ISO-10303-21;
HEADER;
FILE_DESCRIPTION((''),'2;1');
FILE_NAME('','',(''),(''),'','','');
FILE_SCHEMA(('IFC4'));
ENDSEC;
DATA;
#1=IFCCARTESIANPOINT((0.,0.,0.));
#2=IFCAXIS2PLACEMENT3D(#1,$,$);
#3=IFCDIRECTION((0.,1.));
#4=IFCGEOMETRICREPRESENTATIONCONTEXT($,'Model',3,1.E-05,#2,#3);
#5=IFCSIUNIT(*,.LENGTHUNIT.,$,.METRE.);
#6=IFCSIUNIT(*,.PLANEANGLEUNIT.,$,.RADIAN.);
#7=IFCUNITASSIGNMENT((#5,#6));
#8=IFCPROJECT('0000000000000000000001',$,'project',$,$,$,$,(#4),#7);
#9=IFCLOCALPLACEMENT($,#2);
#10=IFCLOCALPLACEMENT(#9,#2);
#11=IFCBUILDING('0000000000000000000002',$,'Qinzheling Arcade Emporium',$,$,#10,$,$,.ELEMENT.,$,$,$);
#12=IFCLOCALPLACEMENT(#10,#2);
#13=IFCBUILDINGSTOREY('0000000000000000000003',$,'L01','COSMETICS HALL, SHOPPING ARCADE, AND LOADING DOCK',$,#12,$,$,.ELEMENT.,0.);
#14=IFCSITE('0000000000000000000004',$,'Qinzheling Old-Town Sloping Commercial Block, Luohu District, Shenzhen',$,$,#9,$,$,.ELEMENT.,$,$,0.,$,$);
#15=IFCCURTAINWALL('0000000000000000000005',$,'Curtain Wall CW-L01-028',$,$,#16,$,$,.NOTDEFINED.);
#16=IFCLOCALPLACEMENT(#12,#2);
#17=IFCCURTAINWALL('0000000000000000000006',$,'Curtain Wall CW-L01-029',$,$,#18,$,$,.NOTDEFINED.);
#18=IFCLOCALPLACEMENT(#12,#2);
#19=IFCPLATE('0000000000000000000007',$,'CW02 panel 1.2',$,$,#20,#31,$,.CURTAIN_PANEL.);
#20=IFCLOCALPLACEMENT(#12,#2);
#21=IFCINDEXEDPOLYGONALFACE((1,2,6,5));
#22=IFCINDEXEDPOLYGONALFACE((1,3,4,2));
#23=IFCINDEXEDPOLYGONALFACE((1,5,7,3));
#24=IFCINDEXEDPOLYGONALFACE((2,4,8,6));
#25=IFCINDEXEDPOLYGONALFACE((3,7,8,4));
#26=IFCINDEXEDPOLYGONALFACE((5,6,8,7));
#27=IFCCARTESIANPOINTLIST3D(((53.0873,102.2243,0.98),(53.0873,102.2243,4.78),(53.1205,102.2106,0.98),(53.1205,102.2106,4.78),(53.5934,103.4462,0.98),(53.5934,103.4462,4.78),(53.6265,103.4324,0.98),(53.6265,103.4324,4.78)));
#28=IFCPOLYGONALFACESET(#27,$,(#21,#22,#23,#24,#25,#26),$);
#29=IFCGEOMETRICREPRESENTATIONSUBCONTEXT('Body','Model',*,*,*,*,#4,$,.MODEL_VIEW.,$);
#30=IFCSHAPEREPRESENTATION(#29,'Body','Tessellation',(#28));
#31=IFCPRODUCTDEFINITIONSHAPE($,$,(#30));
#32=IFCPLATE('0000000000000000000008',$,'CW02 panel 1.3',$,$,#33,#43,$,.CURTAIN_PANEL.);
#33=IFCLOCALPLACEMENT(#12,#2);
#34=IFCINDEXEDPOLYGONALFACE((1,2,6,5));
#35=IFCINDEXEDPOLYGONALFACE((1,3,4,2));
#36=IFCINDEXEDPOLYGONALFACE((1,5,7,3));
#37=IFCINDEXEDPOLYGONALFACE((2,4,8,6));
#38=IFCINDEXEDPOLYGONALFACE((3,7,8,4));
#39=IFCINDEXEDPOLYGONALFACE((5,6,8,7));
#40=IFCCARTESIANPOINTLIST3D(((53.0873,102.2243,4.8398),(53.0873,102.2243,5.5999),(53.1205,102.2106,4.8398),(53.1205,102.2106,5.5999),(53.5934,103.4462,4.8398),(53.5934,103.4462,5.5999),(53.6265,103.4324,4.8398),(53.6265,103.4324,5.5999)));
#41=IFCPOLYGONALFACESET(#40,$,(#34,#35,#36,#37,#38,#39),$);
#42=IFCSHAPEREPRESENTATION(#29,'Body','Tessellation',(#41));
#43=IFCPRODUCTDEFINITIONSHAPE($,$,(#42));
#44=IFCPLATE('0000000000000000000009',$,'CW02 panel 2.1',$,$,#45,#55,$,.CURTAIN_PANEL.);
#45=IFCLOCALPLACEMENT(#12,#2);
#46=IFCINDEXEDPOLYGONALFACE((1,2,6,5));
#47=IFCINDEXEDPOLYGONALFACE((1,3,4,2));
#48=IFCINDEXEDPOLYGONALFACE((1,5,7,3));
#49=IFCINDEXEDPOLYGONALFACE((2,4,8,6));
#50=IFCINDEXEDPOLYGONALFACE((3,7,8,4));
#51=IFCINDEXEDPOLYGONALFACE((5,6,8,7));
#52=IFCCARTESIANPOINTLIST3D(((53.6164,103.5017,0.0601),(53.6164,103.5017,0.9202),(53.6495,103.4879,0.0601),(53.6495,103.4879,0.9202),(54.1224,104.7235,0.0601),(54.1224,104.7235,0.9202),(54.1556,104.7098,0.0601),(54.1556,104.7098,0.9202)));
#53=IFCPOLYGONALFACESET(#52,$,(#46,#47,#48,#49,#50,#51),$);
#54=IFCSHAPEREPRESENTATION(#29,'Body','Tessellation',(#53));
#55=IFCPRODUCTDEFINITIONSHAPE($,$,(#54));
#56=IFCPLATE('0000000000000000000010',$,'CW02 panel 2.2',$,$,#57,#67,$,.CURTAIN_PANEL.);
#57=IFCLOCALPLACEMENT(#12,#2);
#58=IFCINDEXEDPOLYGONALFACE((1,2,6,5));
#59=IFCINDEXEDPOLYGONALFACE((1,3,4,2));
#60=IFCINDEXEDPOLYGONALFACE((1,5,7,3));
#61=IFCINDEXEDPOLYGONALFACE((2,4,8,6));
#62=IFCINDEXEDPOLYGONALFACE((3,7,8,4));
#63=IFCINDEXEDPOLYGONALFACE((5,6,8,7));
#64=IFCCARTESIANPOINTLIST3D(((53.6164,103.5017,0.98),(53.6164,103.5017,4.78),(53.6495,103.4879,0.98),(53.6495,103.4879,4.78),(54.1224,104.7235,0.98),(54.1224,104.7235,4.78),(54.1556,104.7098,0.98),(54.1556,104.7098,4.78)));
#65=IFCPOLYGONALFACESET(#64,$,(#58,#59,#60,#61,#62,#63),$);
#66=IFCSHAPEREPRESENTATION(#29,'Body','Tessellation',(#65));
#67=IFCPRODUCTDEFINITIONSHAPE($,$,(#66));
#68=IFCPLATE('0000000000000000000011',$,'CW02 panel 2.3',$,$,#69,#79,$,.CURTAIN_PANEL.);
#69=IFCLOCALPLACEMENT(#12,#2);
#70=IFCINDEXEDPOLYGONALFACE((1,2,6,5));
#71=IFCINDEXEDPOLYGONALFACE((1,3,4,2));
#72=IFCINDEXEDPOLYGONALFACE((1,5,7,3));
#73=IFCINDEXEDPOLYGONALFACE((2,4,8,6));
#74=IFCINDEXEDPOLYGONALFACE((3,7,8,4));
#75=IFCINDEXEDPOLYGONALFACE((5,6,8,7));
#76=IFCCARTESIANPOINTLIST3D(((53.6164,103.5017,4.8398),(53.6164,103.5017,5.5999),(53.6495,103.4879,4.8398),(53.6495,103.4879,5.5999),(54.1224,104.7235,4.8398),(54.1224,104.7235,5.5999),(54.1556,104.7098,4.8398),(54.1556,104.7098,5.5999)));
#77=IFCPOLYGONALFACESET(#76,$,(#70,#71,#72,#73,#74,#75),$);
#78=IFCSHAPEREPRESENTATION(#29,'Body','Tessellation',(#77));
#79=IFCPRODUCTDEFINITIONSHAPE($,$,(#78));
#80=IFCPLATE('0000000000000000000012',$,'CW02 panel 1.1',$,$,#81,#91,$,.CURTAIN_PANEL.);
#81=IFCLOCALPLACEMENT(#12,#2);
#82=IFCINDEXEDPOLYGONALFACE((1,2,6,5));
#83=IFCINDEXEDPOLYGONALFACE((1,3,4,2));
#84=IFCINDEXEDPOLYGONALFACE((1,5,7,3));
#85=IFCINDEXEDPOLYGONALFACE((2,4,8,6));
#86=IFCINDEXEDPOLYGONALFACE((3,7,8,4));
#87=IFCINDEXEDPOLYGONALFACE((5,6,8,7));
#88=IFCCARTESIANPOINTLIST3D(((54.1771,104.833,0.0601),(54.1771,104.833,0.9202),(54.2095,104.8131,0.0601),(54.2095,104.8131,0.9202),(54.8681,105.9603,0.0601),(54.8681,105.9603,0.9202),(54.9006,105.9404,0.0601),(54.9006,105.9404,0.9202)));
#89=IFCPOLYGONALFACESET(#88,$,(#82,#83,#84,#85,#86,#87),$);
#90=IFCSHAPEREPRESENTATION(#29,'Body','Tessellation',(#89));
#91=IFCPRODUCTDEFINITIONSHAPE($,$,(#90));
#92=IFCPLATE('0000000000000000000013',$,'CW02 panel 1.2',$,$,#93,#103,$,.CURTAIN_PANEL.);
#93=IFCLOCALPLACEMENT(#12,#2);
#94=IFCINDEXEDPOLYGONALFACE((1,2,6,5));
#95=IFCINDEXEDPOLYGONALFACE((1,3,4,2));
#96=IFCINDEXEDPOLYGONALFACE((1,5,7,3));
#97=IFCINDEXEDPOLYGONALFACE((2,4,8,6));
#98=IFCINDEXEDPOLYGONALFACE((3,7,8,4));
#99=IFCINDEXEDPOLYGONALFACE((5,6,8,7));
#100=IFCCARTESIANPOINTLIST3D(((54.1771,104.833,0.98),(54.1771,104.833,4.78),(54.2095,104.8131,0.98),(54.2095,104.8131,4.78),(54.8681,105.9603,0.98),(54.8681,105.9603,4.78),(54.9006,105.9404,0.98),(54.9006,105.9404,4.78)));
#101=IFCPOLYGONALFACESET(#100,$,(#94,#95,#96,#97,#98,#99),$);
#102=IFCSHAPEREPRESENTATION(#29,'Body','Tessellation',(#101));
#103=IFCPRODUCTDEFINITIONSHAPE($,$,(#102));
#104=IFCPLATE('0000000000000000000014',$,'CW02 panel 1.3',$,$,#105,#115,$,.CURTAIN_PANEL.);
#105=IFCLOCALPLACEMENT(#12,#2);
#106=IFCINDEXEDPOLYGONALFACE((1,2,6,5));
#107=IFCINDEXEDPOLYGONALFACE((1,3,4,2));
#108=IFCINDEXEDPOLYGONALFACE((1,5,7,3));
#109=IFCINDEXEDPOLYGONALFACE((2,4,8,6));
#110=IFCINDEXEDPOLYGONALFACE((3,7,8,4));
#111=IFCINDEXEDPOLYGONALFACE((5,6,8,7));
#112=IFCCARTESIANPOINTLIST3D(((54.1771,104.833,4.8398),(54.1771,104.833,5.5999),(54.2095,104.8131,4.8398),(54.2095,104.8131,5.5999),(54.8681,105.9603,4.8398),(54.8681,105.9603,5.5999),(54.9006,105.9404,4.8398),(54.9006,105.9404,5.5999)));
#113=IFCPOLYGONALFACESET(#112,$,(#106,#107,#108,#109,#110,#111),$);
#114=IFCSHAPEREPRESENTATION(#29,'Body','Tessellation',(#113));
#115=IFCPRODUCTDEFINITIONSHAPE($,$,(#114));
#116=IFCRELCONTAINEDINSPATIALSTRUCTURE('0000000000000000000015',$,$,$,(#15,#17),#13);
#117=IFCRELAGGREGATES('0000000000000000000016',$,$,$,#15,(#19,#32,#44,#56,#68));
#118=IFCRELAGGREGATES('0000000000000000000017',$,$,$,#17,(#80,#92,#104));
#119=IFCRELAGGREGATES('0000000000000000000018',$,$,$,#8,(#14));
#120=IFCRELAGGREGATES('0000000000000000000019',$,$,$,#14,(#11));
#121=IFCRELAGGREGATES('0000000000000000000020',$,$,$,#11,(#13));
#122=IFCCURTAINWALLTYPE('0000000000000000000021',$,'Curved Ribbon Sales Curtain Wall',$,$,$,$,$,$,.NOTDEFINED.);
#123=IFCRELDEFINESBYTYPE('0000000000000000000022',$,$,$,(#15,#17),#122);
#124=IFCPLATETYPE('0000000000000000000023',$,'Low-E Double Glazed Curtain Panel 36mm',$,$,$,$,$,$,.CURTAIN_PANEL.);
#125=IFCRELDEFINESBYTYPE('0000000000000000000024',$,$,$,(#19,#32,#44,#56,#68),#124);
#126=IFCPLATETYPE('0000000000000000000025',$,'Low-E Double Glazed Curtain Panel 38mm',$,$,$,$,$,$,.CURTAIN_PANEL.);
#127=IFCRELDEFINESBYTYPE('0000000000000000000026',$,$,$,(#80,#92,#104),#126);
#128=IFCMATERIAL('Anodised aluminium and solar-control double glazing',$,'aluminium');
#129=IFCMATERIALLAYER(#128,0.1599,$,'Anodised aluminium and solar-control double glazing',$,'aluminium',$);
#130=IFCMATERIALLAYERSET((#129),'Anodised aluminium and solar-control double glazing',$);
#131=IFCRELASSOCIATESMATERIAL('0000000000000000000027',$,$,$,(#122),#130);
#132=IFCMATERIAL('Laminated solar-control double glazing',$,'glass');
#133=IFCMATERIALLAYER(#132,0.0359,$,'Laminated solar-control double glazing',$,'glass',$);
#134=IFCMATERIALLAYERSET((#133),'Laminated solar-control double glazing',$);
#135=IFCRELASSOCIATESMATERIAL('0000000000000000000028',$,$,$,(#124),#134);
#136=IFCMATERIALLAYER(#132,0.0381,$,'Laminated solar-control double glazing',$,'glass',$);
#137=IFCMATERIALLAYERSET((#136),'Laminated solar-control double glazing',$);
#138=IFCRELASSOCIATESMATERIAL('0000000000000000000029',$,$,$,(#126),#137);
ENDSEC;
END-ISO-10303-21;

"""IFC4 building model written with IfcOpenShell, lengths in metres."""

from ifc_helpers import new_model, si_unit, direction, frame, origin, origin_2d, place, context, subcontext, project, spatial, rectangle, extrude, material, layer, layer_set, type_object, element, aggregate, save


model = new_model("IFC4")

# Units and contexts
model_context = context("Model", 3, precision=1e-05, world=origin(), true_north=direction((0.0, 1.0)))
body_context = subcontext(model_context, "Body", "Model", "MODEL_VIEW")
ifc_project = project(units=[si_unit("LENGTHUNIT", "METRE"), si_unit("PLANEANGLEUNIT", "RADIAN")], contexts=[model_context])

# Site, building, storey
site_placement = place(None, origin())
site = spatial("IfcSite", under=ifc_project, at=site_placement, Name="Qinzheling Old-Town Sloping Commercial Block, Luohu District, Shenzhen", CompositionType="ELEMENT", RefElevation=0.0)
building_placement = place(site_placement, origin())
building = spatial("IfcBuilding", under=site, at=building_placement, Name="Qinzheling Arcade Emporium", CompositionType="ELEMENT")
storey_placement = place(building_placement, origin())
storey = spatial("IfcBuildingStorey", under=building, at=storey_placement, Name="L01", Description="COSMETICS HALL, SHOPPING ARCADE, AND LOADING DOCK", CompositionType="ELEMENT", Elevation=0.0)

# Shared definitions
ifc_material_1 = material(Name="Anodised aluminium and solar-control double glazing", Category="aluminium")
ifc_layer_1 = layer(ifc_material_1, 0.1599, Name="Anodised aluminium and solar-control double glazing", Category="aluminium")
ifc_layer_set_1 = layer_set([ifc_layer_1], Name="Anodised aluminium and solar-control double glazing")
curtain_wall_type = type_object("IfcCurtainWallType", Name="Curved Ribbon Sales Curtain Wall", PredefinedType="NOTDEFINED", material=ifc_layer_set_1)

# Curtain walls
curtain_wall_1_placement = place(storey_placement, origin())
curtain_wall_1 = element("IfcCurtainWall", 1, at=curtain_wall_1_placement, inside=storey, type_object=curtain_wall_type, Name="Curtain Wall CW-L01-028", PredefinedType="NOTDEFINED")
curtain_wall_2_placement = place(storey_placement, origin())
curtain_wall_2 = element("IfcCurtainWall", 2, at=curtain_wall_2_placement, inside=storey, type_object=curtain_wall_type, Name="Curtain Wall CW-L01-029", PredefinedType="NOTDEFINED")

# Plates
ifc_material_2 = material(Name="Laminated solar-control double glazing", Category="glass")
ifc_layer_2 = layer(ifc_material_2, 0.0359, Name="Laminated solar-control double glazing", Category="glass")
ifc_layer_set_2 = layer_set([ifc_layer_2], Name="Laminated solar-control double glazing")
plate_type_1 = type_object("IfcPlateType", Name="Low-E Double Glazed Curtain Panel 36mm", PredefinedType="CURTAIN_PANEL", material=ifc_layer_set_2)
plate_1_placement = place(storey_placement, frame((53.3569, 102.8284, 0.98), z_axis=(0.0, 0.0, 1.0), x_axis=(0.382654, 0.923892, 0.0)))
plate_1 = element("IfcPlate", 3, at=plate_1_placement, type_object=plate_type_1, Name="CW02 panel 1.2", PredefinedType="CURTAIN_PANEL", context=body_context, shape_type="SweptSolid", body=[
    extrude(rectangle(XDim=1.3225, YDim=0.0359, at=origin_2d()), origin(), (0.0, 0.0, 1.0), 3.8),
])
plate_2_placement = place(storey_placement, frame((53.3569, 102.8284, 4.8398), z_axis=(0.0, 0.0, 1.0), x_axis=(0.382654, 0.923892, 0.0)))
plate_2 = element("IfcPlate", 4, at=plate_2_placement, type_object=plate_type_1, Name="CW02 panel 1.3", PredefinedType="CURTAIN_PANEL", context=body_context, shape_type="SweptSolid", body=[
    extrude(rectangle(XDim=1.3225, YDim=0.0359, at=origin_2d()), origin(), (0.0, 0.0, 1.0), 0.76),
])
plate_3_placement = place(storey_placement, frame((53.886, 104.1057, 0.0601), z_axis=(0.0, 0.0, 1.0), x_axis=(0.382654, 0.923892, 0.0)))
plate_3 = element("IfcPlate", 5, at=plate_3_placement, type_object=plate_type_1, Name="CW02 panel 2.1", PredefinedType="CURTAIN_PANEL", context=body_context, shape_type="SweptSolid", body=[
    extrude(rectangle(XDim=1.3225, YDim=0.0359, at=origin_2d()), origin(), (0.0, 0.0, 1.0), 0.8601),
])
plate_4_placement = place(storey_placement, frame((53.886, 104.1057, 0.98), z_axis=(0.0, 0.0, 1.0), x_axis=(0.382654, 0.923892, 0.0)))
plate_4 = element("IfcPlate", 6, at=plate_4_placement, type_object=plate_type_1, Name="CW02 panel 2.2", PredefinedType="CURTAIN_PANEL", context=body_context, shape_type="SweptSolid", body=[
    extrude(rectangle(XDim=1.3225, YDim=0.0359, at=origin_2d()), origin(), (0.0, 0.0, 1.0), 3.8),
])
plate_5_placement = place(storey_placement, frame((53.886, 104.1057, 4.8398), z_axis=(0.0, 0.0, 1.0), x_axis=(0.382654, 0.923892, 0.0)))
plate_5 = element("IfcPlate", 7, at=plate_5_placement, type_object=plate_type_1, Name="CW02 panel 2.3", PredefinedType="CURTAIN_PANEL", context=body_context, shape_type="SweptSolid", body=[
    extrude(rectangle(XDim=1.3225, YDim=0.0359, at=origin_2d()), origin(), (0.0, 0.0, 1.0), 0.76),
])
aggregate(curtain_wall_1, [plate_1, plate_2, plate_3, plate_4, plate_5])
ifc_layer_3 = layer(ifc_material_2, 0.0381, Name="Laminated solar-control double glazing", Category="glass")
ifc_layer_set_3 = layer_set([ifc_layer_3], Name="Laminated solar-control double glazing")
plate_type_2 = type_object("IfcPlateType", Name="Low-E Double Glazed Curtain Panel 38mm", PredefinedType="CURTAIN_PANEL", material=ifc_layer_set_3)
plate_6_placement = place(storey_placement, frame((54.5388, 105.3867, 0.0601), z_axis=(0.0, 0.0, 1.0), x_axis=(0.522595, 0.852581, 0.0)))
plate_6 = element("IfcPlate", 8, at=plate_6_placement, type_object=plate_type_2, Name="CW02 panel 1.1", PredefinedType="CURTAIN_PANEL", context=body_context, shape_type="SweptSolid", body=[
    extrude(rectangle(XDim=1.3223, YDim=0.0381, at=origin_2d()), origin(), (0.0, 0.0, 1.0), 0.8601),
])
plate_7_placement = place(storey_placement, frame((54.5388, 105.3867, 0.98), z_axis=(0.0, 0.0, 1.0), x_axis=(0.522595, 0.852581, 0.0)))
plate_7 = element("IfcPlate", 9, at=plate_7_placement, type_object=plate_type_2, Name="CW02 panel 1.2", PredefinedType="CURTAIN_PANEL", context=body_context, shape_type="SweptSolid", body=[
    extrude(rectangle(XDim=1.3223, YDim=0.0381, at=origin_2d()), origin(), (0.0, 0.0, 1.0), 3.8),
])
plate_8_placement = place(storey_placement, frame((54.5388, 105.3867, 4.8398), z_axis=(0.0, 0.0, 1.0), x_axis=(0.522595, 0.852581, 0.0)))
plate_8 = element("IfcPlate", 10, at=plate_8_placement, type_object=plate_type_2, Name="CW02 panel 1.3", PredefinedType="CURTAIN_PANEL", context=body_context, shape_type="SweptSolid", body=[
    extrude(rectangle(XDim=1.3223, YDim=0.0381, at=origin_2d()), origin(), (0.0, 0.0, 1.0), 0.76),
])
aggregate(curtain_wall_2, [plate_6, plate_7, plate_8])

save(model, "model.ifc")
